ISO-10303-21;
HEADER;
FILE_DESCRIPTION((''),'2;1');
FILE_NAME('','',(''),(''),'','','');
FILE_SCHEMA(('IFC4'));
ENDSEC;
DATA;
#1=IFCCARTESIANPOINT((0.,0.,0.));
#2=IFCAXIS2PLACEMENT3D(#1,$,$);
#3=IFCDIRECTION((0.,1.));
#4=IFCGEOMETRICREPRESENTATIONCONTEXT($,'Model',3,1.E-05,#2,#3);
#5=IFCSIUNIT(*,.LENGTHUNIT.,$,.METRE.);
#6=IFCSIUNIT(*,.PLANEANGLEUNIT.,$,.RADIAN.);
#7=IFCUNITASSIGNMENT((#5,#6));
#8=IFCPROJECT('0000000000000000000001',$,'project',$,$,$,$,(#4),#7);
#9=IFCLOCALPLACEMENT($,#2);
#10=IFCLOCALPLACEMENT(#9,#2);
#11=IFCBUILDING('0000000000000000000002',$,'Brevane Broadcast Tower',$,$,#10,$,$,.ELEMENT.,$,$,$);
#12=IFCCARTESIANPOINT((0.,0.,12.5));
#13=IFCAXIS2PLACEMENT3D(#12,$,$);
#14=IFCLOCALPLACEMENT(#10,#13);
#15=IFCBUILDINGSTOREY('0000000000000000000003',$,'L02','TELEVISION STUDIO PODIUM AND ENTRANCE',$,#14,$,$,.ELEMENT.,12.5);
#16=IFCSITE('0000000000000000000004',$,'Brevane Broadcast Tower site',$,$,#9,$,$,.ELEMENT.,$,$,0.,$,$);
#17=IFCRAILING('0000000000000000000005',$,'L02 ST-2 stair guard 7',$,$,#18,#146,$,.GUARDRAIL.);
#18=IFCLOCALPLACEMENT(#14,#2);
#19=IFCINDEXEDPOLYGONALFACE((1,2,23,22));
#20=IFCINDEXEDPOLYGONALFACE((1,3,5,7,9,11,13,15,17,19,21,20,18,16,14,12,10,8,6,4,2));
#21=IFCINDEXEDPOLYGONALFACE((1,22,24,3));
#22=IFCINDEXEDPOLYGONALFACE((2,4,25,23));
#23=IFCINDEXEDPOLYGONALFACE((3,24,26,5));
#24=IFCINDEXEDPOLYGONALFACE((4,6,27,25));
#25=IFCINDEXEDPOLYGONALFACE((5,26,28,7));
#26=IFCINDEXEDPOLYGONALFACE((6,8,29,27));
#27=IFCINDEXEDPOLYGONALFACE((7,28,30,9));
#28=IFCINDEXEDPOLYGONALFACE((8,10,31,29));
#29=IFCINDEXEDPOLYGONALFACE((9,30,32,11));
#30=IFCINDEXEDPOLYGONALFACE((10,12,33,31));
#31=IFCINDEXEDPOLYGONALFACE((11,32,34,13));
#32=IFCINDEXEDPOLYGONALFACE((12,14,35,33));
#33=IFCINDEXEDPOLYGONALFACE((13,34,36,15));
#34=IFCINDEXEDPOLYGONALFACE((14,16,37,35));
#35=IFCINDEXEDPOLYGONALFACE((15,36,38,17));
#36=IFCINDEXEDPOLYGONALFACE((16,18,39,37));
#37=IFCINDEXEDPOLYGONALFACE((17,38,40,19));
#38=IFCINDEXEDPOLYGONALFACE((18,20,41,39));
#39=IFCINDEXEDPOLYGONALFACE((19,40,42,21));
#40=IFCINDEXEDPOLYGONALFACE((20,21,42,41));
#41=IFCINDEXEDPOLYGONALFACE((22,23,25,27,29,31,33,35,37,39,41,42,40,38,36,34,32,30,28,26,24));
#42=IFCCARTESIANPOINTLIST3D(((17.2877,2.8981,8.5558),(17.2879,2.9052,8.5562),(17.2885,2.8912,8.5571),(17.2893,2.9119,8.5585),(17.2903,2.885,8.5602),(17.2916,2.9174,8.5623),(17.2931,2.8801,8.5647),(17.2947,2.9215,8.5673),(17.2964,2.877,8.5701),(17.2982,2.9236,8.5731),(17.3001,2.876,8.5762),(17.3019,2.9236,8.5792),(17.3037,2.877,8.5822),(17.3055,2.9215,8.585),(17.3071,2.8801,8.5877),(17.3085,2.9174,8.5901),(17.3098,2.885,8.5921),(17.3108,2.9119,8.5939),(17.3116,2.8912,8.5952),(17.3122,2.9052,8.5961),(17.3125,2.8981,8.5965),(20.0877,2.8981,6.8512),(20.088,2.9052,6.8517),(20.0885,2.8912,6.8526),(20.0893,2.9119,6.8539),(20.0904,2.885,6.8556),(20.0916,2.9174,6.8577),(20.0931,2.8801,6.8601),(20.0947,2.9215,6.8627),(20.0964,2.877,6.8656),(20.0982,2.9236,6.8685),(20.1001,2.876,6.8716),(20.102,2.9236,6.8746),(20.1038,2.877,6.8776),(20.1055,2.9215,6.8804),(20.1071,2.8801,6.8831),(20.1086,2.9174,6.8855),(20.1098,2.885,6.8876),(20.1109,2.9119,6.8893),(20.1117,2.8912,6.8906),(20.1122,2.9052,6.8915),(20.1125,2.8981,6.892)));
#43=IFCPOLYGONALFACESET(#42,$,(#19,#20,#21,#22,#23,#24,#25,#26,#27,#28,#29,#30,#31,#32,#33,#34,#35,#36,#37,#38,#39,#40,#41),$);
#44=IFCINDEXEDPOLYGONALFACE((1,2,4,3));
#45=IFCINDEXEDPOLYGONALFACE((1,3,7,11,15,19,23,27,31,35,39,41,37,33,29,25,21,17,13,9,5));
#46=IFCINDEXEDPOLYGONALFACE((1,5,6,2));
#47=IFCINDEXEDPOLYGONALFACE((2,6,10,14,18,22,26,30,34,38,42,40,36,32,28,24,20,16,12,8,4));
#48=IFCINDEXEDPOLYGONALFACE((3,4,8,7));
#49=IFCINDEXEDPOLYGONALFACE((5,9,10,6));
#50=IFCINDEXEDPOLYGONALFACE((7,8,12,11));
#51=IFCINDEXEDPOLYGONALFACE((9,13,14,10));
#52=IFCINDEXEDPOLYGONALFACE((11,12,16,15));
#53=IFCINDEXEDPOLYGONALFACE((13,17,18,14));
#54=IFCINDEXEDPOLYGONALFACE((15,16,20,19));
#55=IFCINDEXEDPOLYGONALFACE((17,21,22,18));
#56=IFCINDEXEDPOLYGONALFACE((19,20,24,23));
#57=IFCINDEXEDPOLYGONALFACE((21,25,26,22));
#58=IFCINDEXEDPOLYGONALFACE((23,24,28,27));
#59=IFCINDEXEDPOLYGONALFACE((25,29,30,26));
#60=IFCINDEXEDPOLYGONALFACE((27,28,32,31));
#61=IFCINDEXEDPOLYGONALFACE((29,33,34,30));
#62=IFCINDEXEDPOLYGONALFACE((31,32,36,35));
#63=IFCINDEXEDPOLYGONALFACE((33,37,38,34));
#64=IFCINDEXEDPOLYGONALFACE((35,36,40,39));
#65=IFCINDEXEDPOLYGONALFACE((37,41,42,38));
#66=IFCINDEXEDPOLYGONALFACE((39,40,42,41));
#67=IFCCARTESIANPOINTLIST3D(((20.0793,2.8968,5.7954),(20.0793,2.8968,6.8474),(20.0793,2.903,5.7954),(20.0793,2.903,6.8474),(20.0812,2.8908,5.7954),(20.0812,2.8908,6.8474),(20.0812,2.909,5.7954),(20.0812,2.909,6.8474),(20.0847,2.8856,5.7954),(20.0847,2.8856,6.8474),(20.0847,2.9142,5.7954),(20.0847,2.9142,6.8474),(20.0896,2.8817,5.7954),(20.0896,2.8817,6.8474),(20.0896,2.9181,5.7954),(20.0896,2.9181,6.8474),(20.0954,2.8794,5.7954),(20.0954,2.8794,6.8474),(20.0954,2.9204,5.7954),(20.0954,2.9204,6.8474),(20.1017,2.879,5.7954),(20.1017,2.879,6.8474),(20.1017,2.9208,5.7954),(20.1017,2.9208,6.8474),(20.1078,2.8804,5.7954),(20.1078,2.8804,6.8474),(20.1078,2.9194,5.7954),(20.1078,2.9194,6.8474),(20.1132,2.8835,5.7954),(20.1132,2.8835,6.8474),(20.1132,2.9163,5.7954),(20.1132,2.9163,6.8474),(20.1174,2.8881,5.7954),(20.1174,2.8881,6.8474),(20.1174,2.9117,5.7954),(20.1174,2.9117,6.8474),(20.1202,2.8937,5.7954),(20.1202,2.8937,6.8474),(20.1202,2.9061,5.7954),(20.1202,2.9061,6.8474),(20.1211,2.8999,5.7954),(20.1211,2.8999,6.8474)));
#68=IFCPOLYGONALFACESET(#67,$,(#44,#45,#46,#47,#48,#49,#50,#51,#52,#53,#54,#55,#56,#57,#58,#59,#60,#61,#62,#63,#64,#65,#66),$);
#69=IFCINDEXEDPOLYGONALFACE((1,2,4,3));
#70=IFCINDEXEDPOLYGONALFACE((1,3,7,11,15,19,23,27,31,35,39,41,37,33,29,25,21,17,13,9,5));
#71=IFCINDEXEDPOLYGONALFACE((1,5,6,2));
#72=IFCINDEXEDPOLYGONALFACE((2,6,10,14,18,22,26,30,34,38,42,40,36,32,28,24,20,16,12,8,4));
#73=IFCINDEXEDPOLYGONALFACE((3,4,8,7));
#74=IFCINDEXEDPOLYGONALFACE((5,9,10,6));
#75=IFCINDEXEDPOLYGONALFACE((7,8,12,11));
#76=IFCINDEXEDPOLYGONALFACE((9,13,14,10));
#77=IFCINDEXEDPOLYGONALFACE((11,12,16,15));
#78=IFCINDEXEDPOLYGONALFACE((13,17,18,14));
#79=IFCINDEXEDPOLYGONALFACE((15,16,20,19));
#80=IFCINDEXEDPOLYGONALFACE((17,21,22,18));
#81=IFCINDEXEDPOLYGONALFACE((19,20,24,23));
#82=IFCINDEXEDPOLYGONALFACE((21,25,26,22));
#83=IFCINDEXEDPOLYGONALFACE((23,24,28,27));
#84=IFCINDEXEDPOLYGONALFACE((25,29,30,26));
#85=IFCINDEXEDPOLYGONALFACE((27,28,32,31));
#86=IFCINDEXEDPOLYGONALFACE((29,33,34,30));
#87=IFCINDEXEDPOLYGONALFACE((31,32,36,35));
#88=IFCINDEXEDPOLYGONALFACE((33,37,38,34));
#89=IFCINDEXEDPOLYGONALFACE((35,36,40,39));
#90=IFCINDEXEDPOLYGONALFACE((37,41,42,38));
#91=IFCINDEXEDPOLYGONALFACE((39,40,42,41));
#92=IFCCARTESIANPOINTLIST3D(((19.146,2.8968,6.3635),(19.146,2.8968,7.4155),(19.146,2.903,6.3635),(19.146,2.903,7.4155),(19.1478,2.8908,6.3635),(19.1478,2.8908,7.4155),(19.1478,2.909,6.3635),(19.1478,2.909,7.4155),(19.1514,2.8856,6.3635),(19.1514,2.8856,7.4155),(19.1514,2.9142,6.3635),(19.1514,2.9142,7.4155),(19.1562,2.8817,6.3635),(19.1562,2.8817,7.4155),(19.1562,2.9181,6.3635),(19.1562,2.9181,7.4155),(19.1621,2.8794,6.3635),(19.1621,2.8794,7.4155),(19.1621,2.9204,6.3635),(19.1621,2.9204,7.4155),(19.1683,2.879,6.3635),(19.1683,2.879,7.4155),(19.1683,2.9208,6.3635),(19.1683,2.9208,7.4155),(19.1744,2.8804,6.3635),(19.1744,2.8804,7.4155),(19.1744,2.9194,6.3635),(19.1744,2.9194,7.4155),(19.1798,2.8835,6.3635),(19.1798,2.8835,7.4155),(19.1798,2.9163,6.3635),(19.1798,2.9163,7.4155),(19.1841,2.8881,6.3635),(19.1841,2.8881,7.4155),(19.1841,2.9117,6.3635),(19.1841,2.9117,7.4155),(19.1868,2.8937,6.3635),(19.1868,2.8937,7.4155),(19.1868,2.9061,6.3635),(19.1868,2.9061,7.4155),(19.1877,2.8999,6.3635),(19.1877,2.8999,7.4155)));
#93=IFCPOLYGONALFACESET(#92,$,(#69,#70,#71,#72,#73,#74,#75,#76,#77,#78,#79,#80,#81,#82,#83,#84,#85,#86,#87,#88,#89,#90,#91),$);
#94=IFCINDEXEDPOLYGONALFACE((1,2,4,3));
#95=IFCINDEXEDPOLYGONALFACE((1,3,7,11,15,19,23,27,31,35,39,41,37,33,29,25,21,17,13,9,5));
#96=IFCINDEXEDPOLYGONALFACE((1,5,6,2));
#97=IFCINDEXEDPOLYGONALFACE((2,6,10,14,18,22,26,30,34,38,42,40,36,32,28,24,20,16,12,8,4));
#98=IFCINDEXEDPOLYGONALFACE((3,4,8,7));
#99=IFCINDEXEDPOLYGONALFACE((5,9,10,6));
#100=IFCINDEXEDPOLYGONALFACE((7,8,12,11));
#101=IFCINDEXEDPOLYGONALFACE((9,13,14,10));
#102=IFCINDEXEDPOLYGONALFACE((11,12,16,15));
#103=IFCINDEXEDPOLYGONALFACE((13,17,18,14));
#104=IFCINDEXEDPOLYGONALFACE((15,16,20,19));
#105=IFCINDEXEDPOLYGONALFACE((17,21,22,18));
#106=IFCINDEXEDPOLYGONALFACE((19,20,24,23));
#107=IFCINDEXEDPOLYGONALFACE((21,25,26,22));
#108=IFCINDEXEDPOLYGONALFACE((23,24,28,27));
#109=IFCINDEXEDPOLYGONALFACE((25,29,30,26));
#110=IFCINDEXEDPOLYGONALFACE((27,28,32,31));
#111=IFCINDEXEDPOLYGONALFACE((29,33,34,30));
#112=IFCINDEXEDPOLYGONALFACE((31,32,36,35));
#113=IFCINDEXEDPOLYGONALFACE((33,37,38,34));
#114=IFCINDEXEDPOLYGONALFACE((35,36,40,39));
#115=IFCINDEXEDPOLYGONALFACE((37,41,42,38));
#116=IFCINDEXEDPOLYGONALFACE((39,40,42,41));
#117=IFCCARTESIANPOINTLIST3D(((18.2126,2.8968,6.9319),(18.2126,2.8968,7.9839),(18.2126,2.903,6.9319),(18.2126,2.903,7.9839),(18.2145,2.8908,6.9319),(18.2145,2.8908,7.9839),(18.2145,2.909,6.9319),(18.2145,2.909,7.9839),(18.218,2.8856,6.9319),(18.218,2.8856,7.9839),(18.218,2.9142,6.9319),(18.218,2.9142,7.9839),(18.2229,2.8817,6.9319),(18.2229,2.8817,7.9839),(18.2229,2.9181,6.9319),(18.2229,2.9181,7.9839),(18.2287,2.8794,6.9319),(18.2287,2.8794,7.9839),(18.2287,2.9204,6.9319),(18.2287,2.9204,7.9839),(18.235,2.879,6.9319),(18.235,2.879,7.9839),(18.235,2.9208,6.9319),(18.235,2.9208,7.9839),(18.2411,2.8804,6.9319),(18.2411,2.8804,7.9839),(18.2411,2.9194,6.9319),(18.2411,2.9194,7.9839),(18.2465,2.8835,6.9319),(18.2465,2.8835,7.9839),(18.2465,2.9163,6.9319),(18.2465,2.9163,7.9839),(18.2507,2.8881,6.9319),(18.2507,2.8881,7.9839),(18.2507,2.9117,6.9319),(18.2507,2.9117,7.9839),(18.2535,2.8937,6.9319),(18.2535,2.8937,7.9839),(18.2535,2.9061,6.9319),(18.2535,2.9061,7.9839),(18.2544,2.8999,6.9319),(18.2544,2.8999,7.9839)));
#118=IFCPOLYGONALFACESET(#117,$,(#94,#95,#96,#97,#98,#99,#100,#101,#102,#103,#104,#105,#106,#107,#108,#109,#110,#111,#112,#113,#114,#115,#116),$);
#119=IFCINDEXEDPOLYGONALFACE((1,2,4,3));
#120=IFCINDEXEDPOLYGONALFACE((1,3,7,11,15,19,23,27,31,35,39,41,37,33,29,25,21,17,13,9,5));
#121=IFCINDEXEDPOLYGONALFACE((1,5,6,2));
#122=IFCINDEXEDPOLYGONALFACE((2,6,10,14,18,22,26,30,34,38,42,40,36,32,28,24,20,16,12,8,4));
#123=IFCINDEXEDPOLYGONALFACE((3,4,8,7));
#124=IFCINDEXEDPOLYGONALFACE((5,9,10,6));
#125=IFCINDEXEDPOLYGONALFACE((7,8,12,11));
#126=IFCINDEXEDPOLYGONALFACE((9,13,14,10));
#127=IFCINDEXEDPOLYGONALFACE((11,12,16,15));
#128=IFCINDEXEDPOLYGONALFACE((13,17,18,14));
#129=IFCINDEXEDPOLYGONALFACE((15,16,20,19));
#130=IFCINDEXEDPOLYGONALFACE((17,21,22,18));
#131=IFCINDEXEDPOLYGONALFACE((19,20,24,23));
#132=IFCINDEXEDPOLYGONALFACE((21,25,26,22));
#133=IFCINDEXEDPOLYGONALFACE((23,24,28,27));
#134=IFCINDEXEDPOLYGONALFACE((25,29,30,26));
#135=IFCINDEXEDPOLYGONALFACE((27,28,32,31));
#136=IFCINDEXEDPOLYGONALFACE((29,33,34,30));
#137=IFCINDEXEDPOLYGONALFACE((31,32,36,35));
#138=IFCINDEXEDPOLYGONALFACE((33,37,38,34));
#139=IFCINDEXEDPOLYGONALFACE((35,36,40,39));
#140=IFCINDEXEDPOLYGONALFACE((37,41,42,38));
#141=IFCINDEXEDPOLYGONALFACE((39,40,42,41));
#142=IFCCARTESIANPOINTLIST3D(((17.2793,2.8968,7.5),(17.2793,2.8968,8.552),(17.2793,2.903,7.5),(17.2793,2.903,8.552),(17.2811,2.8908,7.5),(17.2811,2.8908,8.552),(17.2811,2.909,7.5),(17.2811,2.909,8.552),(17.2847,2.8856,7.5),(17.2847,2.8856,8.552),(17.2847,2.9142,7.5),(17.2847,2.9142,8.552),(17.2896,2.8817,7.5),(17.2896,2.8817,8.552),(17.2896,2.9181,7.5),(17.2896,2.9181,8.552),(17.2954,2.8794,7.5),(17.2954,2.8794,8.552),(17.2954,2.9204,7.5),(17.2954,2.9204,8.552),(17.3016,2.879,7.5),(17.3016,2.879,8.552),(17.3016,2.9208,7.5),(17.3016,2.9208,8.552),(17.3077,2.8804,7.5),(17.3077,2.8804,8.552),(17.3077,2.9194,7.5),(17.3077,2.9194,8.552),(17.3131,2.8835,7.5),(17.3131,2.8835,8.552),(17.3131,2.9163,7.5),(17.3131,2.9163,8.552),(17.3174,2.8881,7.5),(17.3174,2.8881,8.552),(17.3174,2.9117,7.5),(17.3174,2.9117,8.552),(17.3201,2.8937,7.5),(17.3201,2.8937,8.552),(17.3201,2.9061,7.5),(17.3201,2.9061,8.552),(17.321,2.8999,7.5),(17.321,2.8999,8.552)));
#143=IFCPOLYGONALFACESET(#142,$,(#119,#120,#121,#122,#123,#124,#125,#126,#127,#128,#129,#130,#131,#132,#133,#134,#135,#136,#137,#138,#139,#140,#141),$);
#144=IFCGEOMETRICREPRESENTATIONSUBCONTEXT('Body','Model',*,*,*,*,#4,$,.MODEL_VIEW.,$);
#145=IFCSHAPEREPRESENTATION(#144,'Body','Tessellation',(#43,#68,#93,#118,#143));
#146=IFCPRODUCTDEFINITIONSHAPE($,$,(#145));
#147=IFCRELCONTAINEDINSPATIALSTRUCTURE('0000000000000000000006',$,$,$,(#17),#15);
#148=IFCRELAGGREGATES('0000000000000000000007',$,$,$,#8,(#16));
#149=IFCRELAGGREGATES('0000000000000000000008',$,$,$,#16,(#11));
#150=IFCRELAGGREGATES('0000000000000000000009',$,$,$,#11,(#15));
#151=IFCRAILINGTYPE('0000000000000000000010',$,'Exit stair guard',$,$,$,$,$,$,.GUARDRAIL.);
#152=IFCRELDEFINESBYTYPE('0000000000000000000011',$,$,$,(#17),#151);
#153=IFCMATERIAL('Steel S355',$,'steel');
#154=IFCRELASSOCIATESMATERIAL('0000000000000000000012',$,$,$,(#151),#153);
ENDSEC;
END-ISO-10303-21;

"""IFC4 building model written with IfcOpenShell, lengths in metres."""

from ifc_helpers import new_model, si_unit, direction, frame, origin, origin_2d, place, context, subcontext, project, spatial, circle, extrude, material, type_object, element, save


model = new_model("IFC4")

# Units and contexts
model_context = context("Model", 3, precision=1e-05, world=origin(), true_north=direction((0.0, 1.0)))
body_context = subcontext(model_context, "Body", "Model", "MODEL_VIEW")
ifc_project = project(units=[si_unit("LENGTHUNIT", "METRE"), si_unit("PLANEANGLEUNIT", "RADIAN")], contexts=[model_context])

# Site, building, storey
site_placement = place(None, origin())
site = spatial("IfcSite", under=ifc_project, at=site_placement, Name="Brevane Broadcast Tower site", CompositionType="ELEMENT", RefElevation=0.0)
building_placement = place(site_placement, origin())
building = spatial("IfcBuilding", under=site, at=building_placement, Name="Brevane Broadcast Tower", CompositionType="ELEMENT")
storey_placement = place(building_placement, frame((0.0, 0.0, 12.5)))
storey = spatial("IfcBuildingStorey", under=building, at=storey_placement, Name="L02", Description="TELEVISION STUDIO PODIUM AND ENTRANCE", CompositionType="ELEMENT", Elevation=12.5)

# Railing
ifc_material_1 = material(Name="Steel S355", Category="steel")
railing_type_1 = type_object("IfcRailingType", Name="Exit stair guard", PredefinedType="GUARDRAIL", material=ifc_material_1)
railing_1_placement = place(storey_placement, frame((20.1001, 2.8999, 5.7954)))
element("IfcRailing", 1, at=railing_1_placement, inside=storey, type_object=railing_type_1, Name="L02 ST-2 stair guard 7", PredefinedType="GUARDRAIL", context=body_context, shape_type="SweptSolid", body=[
    extrude(circle(Radius=0.0239, at=origin_2d()), frame((0.0, 0.0, 1.0762), z_axis=(-0.85417, 0.0, 0.519994), x_axis=(0.0, -1.0, 0.0)), (0.0, 0.0, 1.0), 3.2781),
    extrude(circle(Radius=0.021, at=origin_2d()), origin(), (0.0, 0.0, 1.0), 1.052),
    extrude(circle(Radius=0.021, at=origin_2d()), frame((-0.9333, 0.0, 0.5681)), (0.0, 0.0, 1.0), 1.052),
    extrude(circle(Radius=0.021, at=origin_2d()), frame((-1.8667, 0.0, 1.1365)), (0.0, 0.0, 1.0), 1.052),
    extrude(circle(Radius=0.021, at=origin_2d()), frame((-2.8, 0.0, 1.7046)), (0.0, 0.0, 1.0), 1.052),
])

save(model, "model.ifc")
